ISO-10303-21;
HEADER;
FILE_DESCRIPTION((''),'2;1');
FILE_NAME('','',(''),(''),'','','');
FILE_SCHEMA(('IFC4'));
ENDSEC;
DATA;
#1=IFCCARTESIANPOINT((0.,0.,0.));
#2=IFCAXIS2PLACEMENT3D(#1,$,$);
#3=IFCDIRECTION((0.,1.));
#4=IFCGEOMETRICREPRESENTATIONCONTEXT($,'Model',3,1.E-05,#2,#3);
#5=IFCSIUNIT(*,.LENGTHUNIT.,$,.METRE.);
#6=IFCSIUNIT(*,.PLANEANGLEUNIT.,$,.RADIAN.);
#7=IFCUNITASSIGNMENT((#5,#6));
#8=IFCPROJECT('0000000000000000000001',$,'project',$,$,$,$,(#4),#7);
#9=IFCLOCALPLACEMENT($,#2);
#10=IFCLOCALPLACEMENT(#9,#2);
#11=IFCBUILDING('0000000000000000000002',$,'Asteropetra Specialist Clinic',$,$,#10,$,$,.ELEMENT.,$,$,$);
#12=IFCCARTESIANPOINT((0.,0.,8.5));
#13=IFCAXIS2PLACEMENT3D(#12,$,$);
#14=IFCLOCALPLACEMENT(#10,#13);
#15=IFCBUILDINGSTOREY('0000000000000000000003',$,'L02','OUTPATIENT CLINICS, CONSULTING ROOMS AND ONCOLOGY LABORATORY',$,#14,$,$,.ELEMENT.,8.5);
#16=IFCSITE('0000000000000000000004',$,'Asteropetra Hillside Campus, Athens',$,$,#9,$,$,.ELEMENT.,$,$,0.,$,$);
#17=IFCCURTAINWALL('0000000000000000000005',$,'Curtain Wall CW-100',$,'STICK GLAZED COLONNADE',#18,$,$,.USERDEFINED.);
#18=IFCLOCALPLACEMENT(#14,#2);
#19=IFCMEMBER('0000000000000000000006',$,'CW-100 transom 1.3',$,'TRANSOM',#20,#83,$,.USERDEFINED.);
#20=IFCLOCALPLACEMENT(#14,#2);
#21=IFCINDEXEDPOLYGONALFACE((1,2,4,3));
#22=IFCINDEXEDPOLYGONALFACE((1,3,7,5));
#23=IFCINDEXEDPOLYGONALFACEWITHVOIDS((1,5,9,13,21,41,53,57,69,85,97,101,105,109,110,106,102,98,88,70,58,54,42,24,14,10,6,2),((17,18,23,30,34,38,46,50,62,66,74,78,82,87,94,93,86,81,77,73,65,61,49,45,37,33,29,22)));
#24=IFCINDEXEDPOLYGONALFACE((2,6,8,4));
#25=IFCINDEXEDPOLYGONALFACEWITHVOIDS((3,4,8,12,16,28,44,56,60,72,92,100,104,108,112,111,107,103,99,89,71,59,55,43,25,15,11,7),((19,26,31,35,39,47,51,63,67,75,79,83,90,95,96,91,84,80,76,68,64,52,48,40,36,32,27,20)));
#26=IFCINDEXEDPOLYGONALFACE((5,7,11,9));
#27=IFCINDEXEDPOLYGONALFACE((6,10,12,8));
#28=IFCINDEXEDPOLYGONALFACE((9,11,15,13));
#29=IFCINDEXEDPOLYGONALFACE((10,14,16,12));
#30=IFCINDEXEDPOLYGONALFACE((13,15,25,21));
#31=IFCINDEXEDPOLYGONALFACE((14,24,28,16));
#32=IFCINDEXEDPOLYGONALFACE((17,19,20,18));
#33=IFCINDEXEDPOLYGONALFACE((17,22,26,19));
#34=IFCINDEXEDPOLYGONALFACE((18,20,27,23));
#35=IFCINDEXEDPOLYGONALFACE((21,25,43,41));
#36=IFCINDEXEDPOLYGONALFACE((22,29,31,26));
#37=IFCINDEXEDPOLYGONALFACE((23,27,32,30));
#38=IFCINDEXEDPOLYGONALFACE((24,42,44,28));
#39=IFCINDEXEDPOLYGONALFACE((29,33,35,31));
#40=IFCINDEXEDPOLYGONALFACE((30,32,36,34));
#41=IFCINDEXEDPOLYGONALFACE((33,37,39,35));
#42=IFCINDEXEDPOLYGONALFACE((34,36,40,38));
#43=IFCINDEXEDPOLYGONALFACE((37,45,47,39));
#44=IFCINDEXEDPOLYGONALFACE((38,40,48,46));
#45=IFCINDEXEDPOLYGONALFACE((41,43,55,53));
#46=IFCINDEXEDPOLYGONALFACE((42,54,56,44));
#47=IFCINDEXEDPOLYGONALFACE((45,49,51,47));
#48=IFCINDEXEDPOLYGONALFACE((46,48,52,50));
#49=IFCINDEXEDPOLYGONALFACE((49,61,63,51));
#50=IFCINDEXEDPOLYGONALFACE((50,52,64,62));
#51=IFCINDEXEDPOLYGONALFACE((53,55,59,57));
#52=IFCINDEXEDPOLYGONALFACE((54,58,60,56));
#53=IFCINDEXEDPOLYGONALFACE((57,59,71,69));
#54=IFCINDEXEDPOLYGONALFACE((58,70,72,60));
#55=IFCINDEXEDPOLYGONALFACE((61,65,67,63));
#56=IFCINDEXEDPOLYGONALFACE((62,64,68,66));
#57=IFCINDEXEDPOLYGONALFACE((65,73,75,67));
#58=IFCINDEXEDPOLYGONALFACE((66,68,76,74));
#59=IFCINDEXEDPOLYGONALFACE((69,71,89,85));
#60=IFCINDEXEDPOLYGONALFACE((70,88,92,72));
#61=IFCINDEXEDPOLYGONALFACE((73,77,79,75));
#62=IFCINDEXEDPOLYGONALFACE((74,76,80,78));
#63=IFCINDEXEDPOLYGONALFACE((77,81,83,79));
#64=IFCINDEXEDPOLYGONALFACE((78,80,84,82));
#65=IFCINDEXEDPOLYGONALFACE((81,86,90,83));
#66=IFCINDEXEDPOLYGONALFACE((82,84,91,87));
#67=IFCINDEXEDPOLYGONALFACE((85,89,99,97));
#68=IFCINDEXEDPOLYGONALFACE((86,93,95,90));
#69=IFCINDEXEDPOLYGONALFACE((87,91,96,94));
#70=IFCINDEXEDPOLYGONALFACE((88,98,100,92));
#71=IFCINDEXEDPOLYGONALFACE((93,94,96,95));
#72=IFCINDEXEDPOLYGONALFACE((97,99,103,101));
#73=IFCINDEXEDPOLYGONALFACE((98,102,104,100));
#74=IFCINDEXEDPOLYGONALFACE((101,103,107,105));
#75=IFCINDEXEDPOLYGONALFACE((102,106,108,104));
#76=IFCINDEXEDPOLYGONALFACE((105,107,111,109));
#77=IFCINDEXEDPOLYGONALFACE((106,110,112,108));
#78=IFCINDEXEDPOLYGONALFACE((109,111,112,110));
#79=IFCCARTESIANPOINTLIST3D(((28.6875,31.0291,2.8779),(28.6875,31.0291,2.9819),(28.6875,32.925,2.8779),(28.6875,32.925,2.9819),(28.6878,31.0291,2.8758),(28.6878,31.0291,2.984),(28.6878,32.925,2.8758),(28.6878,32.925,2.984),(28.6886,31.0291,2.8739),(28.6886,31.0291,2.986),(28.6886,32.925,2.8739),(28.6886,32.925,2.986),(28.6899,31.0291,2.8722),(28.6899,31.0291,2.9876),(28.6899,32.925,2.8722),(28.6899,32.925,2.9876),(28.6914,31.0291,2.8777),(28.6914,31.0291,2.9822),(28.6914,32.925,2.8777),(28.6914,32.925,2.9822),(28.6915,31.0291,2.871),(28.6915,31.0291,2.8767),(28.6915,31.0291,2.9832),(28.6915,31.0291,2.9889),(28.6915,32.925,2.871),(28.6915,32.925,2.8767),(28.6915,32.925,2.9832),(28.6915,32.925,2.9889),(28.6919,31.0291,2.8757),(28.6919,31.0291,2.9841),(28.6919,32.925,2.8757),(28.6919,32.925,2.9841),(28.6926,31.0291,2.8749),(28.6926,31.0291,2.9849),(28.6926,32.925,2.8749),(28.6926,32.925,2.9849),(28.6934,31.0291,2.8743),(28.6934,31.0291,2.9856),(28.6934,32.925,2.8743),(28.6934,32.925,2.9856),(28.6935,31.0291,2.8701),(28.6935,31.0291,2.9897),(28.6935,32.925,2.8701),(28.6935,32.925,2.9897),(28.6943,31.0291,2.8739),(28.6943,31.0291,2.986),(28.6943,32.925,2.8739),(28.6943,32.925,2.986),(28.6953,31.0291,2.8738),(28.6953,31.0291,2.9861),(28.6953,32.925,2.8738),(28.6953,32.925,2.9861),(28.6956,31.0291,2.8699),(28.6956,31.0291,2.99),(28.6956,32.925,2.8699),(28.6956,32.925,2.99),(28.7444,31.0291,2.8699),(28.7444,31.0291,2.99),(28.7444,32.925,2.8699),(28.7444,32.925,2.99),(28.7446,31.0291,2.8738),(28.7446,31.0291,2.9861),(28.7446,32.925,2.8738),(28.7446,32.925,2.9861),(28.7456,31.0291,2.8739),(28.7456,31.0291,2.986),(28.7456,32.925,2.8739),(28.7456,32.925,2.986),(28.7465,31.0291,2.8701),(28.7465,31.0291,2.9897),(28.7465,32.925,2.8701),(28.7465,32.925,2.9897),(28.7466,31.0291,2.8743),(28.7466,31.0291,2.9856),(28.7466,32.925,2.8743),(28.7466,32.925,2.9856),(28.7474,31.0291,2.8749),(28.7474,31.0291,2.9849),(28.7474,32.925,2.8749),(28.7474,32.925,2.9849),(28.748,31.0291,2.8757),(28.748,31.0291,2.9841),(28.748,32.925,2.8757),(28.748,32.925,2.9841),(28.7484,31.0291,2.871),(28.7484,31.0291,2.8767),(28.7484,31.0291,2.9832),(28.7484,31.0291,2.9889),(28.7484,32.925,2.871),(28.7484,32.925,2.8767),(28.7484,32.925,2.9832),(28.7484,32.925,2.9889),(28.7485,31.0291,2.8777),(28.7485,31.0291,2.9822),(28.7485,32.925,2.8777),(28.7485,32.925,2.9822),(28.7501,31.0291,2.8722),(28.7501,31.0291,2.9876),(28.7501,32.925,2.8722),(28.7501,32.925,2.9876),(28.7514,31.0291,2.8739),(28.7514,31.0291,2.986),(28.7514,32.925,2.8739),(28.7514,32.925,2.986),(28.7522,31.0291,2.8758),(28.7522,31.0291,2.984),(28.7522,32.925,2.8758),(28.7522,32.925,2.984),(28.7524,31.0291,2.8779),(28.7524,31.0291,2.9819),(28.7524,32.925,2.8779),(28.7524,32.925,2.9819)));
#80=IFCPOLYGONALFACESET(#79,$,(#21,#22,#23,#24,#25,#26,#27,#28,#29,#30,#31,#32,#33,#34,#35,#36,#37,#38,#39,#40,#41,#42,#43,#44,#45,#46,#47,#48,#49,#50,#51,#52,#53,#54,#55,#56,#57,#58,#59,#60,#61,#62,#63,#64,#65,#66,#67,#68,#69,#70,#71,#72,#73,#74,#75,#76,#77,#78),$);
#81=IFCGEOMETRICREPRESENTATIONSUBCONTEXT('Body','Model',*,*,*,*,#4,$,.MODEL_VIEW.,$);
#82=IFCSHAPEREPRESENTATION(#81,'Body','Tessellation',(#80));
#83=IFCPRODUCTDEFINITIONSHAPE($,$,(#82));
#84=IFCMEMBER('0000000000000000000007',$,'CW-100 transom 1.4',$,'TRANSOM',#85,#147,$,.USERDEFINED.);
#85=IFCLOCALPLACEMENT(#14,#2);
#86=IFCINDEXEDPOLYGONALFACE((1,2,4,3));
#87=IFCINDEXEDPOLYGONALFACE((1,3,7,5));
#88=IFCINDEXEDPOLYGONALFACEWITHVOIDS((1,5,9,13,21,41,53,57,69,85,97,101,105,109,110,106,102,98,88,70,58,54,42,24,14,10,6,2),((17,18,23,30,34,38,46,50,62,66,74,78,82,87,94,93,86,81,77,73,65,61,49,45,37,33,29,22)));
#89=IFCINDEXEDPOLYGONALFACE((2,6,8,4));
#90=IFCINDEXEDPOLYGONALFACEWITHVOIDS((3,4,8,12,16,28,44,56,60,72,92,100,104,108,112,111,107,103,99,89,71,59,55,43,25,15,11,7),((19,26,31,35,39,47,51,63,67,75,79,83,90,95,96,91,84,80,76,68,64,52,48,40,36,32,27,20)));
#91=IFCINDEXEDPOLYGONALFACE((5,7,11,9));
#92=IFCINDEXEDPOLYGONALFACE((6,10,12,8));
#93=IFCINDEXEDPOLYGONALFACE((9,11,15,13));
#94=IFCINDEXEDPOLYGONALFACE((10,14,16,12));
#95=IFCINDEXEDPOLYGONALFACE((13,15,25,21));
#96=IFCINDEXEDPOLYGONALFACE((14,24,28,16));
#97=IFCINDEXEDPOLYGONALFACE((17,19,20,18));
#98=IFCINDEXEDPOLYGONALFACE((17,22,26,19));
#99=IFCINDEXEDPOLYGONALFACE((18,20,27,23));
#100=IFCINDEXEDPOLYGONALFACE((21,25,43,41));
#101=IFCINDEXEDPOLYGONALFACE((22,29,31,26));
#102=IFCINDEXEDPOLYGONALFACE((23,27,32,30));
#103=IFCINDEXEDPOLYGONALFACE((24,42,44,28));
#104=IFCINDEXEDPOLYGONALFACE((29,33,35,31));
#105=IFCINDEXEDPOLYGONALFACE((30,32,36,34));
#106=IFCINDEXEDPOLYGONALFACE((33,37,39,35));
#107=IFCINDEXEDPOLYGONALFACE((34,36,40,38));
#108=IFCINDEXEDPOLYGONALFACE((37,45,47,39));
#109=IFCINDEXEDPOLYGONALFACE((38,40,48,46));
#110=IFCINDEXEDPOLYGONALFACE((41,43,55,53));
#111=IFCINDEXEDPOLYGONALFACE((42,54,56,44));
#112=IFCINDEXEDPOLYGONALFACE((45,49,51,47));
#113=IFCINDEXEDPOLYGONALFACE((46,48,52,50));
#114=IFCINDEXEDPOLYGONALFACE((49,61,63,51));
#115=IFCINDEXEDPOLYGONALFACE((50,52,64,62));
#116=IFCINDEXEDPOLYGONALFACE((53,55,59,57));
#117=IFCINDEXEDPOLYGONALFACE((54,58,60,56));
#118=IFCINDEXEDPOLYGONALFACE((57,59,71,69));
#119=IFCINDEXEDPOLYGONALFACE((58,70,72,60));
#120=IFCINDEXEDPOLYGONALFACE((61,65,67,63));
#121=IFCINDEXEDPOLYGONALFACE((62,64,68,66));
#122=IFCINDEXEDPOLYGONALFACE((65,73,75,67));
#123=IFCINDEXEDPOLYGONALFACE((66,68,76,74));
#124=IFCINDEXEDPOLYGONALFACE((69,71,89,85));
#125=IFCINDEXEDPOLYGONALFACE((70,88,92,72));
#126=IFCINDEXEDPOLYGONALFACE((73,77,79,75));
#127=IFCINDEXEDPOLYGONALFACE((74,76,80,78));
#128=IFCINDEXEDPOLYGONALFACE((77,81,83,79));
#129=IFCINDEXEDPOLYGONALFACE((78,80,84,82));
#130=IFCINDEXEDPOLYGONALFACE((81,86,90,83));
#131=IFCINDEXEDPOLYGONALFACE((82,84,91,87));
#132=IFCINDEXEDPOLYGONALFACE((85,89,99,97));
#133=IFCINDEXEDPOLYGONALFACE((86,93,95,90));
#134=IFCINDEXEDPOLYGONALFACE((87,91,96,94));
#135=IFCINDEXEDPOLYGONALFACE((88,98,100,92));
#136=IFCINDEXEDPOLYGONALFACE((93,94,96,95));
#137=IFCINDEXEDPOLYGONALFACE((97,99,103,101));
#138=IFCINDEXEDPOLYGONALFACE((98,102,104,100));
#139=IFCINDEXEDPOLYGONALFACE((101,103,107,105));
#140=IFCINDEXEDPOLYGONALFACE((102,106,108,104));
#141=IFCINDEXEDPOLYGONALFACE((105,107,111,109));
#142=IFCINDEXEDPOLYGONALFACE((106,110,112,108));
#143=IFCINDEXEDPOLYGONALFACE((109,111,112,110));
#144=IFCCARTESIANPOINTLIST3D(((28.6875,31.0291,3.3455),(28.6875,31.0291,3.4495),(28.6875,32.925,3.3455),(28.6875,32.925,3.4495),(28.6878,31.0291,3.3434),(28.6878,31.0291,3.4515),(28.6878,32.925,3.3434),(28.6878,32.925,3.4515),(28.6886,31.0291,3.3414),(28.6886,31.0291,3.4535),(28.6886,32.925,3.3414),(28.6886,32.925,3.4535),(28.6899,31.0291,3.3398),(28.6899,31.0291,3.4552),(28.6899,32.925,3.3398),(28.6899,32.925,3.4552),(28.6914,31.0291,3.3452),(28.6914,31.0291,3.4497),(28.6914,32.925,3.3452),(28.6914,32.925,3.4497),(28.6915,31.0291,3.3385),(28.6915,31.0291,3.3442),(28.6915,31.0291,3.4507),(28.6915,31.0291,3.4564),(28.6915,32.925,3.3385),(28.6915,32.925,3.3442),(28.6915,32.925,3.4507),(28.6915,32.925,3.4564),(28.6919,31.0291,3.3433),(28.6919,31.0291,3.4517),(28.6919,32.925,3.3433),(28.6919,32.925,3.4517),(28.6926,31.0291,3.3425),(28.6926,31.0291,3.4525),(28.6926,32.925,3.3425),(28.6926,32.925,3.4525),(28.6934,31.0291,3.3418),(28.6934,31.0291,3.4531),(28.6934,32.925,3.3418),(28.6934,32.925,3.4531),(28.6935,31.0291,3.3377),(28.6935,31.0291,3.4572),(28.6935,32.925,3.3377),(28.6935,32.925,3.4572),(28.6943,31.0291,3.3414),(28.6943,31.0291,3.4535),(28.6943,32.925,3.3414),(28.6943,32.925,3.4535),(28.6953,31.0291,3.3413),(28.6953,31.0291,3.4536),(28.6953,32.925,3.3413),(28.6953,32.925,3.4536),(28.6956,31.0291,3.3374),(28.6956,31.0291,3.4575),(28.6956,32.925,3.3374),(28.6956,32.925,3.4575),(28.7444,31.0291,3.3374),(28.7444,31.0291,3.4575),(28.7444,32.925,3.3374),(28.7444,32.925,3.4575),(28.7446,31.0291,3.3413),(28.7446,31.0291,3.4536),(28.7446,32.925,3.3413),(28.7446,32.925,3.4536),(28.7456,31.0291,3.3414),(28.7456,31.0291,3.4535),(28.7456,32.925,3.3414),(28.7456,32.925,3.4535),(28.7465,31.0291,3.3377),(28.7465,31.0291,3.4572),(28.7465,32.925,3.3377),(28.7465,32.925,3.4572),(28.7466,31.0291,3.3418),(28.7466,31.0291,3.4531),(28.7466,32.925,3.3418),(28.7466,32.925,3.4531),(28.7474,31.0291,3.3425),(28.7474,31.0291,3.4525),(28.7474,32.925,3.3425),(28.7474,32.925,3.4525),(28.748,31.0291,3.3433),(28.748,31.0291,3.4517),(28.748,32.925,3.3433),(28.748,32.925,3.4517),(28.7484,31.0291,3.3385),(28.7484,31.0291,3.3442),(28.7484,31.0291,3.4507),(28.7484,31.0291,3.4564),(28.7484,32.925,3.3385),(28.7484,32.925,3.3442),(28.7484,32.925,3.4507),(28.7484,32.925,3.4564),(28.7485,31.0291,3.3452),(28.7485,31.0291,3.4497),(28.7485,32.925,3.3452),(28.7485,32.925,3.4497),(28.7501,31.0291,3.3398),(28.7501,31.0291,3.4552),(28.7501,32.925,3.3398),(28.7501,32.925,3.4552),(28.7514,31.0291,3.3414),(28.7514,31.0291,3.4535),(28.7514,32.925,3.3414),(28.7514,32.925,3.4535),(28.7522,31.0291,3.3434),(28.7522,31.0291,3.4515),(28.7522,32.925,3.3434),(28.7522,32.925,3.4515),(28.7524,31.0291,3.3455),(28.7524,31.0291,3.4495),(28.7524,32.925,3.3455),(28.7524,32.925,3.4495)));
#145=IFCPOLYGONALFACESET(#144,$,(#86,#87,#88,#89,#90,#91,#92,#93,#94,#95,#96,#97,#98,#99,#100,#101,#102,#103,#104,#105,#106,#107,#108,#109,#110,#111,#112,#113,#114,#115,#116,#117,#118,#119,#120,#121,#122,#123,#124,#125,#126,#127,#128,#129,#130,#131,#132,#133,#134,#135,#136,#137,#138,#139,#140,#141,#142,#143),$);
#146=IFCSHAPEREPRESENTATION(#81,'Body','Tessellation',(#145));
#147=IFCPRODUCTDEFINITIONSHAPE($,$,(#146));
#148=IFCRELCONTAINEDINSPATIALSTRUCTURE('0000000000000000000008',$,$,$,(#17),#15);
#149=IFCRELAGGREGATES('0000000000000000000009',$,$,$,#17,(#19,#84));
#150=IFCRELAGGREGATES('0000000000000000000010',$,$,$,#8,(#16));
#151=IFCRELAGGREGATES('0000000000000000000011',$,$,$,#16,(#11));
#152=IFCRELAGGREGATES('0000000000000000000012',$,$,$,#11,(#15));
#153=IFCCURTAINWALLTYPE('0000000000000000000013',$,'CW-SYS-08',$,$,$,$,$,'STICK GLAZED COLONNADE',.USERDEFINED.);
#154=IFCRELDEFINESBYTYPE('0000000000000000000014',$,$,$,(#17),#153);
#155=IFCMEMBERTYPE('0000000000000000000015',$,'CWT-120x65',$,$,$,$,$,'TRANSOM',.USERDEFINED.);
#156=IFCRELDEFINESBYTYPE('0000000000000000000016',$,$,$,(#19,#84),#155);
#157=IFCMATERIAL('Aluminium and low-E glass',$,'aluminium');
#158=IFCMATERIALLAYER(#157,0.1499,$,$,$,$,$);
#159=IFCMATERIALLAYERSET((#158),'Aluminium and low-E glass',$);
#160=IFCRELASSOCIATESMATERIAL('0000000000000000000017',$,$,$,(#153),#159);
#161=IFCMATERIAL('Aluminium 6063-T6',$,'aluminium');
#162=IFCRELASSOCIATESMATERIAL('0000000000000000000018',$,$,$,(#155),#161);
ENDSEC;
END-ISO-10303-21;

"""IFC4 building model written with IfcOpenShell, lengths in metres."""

from ifc_helpers import new_model, si_unit, direction, frame, origin, origin_2d, place, context, subcontext, project, spatial, hollow_rectangle, extrude, material, layer, layer_set, material_profile, profile_set, type_object, element, aggregate, save


model = new_model("IFC4")

# Units and contexts
model_context = context("Model", 3, precision=1e-05, world=origin(), true_north=direction((0.0, 1.0)))
body_context = subcontext(model_context, "Body", "Model", "MODEL_VIEW")
ifc_project = project(units=[si_unit("LENGTHUNIT", "METRE"), si_unit("PLANEANGLEUNIT", "RADIAN")], contexts=[model_context])

# Site, building, storey
site_placement = place(None, origin())
site = spatial("IfcSite", under=ifc_project, at=site_placement, Name="Asteropetra Hillside Campus, Athens", CompositionType="ELEMENT", RefElevation=0.0)
building_placement = place(site_placement, origin())
building = spatial("IfcBuilding", under=site, at=building_placement, Name="Asteropetra Specialist Clinic", CompositionType="ELEMENT")
storey_placement = place(building_placement, frame((0.0, 0.0, 8.5)))
storey = spatial("IfcBuildingStorey", under=building, at=storey_placement, Name="L02", Description="OUTPATIENT CLINICS, CONSULTING ROOMS AND ONCOLOGY LABORATORY", CompositionType="ELEMENT", Elevation=8.5)

# Curtain wall, members
ifc_material_1 = material(Name="Aluminium and low-E glass", Category="aluminium")
ifc_layer_1 = layer(ifc_material_1, 0.1499)
ifc_layer_set_1 = layer_set([ifc_layer_1], Name="Aluminium and low-E glass")
curtain_wall_type = type_object("IfcCurtainWallType", Name="CW-SYS-08", ElementType="STICK GLAZED COLONNADE", PredefinedType="USERDEFINED", material=ifc_layer_set_1)
curtain_wall_placement = place(storey_placement, origin())
curtain_wall = element("IfcCurtainWall", 1, at=curtain_wall_placement, inside=storey, type_object=curtain_wall_type, Name="Curtain Wall CW-100", ObjectType="STICK GLAZED COLONNADE", PredefinedType="USERDEFINED")
ifc_material_2 = material(Name="Aluminium 6063-T6", Category="aluminium")
ifc_material_profile_1 = material_profile(ifc_material_2, hollow_rectangle(XDim=0.0649, YDim=0.1201, WallThickness=0.0039, InnerFilletRadius=0.0039, OuterFilletRadius=0.0081, at=origin_2d()), Name="TRN 120x65x4.0")
ifc_profile_set_1 = profile_set([ifc_material_profile_1], Name="Aluminium 6063-T6")
member_type_1 = type_object("IfcMemberType", Name="CWT-120x65", ElementType="TRANSOM", PredefinedType="USERDEFINED", material=ifc_profile_set_1)
member_1_placement = place(storey_placement, frame((28.72, 32.925, 2.9299), z_axis=(0.0, -1.0, 0.0), x_axis=(1.0, 0.0, 0.0)))
member_1 = element("IfcMember", 2, at=member_1_placement, type_object=member_type_1, Name="CW-100 transom 1.3", ObjectType="TRANSOM", PredefinedType="USERDEFINED", context=body_context, shape_type="SweptSolid", body=[
    extrude(hollow_rectangle(XDim=0.0649, YDim=0.1201, WallThickness=0.0039, InnerFilletRadius=0.0039, OuterFilletRadius=0.0081, at=origin_2d()), origin(), (0.0, 0.0, 1.0), 1.896),
])
member_2_placement = place(storey_placement, frame((28.72, 32.925, 3.3975), z_axis=(0.0, -1.0, 0.0), x_axis=(1.0, 0.0, 0.0)))
member_2 = element("IfcMember", 3, at=member_2_placement, type_object=member_type_1, Name="CW-100 transom 1.4", ObjectType="TRANSOM", PredefinedType="USERDEFINED", context=body_context, shape_type="SweptSolid", body=[
    extrude(hollow_rectangle(XDim=0.0649, YDim=0.1201, WallThickness=0.0039, InnerFilletRadius=0.0039, OuterFilletRadius=0.0081, at=origin_2d()), origin(), (0.0, 0.0, 1.0), 1.896),
])

aggregate(curtain_wall, [member_1, member_2])

save(model, "model.ifc")
